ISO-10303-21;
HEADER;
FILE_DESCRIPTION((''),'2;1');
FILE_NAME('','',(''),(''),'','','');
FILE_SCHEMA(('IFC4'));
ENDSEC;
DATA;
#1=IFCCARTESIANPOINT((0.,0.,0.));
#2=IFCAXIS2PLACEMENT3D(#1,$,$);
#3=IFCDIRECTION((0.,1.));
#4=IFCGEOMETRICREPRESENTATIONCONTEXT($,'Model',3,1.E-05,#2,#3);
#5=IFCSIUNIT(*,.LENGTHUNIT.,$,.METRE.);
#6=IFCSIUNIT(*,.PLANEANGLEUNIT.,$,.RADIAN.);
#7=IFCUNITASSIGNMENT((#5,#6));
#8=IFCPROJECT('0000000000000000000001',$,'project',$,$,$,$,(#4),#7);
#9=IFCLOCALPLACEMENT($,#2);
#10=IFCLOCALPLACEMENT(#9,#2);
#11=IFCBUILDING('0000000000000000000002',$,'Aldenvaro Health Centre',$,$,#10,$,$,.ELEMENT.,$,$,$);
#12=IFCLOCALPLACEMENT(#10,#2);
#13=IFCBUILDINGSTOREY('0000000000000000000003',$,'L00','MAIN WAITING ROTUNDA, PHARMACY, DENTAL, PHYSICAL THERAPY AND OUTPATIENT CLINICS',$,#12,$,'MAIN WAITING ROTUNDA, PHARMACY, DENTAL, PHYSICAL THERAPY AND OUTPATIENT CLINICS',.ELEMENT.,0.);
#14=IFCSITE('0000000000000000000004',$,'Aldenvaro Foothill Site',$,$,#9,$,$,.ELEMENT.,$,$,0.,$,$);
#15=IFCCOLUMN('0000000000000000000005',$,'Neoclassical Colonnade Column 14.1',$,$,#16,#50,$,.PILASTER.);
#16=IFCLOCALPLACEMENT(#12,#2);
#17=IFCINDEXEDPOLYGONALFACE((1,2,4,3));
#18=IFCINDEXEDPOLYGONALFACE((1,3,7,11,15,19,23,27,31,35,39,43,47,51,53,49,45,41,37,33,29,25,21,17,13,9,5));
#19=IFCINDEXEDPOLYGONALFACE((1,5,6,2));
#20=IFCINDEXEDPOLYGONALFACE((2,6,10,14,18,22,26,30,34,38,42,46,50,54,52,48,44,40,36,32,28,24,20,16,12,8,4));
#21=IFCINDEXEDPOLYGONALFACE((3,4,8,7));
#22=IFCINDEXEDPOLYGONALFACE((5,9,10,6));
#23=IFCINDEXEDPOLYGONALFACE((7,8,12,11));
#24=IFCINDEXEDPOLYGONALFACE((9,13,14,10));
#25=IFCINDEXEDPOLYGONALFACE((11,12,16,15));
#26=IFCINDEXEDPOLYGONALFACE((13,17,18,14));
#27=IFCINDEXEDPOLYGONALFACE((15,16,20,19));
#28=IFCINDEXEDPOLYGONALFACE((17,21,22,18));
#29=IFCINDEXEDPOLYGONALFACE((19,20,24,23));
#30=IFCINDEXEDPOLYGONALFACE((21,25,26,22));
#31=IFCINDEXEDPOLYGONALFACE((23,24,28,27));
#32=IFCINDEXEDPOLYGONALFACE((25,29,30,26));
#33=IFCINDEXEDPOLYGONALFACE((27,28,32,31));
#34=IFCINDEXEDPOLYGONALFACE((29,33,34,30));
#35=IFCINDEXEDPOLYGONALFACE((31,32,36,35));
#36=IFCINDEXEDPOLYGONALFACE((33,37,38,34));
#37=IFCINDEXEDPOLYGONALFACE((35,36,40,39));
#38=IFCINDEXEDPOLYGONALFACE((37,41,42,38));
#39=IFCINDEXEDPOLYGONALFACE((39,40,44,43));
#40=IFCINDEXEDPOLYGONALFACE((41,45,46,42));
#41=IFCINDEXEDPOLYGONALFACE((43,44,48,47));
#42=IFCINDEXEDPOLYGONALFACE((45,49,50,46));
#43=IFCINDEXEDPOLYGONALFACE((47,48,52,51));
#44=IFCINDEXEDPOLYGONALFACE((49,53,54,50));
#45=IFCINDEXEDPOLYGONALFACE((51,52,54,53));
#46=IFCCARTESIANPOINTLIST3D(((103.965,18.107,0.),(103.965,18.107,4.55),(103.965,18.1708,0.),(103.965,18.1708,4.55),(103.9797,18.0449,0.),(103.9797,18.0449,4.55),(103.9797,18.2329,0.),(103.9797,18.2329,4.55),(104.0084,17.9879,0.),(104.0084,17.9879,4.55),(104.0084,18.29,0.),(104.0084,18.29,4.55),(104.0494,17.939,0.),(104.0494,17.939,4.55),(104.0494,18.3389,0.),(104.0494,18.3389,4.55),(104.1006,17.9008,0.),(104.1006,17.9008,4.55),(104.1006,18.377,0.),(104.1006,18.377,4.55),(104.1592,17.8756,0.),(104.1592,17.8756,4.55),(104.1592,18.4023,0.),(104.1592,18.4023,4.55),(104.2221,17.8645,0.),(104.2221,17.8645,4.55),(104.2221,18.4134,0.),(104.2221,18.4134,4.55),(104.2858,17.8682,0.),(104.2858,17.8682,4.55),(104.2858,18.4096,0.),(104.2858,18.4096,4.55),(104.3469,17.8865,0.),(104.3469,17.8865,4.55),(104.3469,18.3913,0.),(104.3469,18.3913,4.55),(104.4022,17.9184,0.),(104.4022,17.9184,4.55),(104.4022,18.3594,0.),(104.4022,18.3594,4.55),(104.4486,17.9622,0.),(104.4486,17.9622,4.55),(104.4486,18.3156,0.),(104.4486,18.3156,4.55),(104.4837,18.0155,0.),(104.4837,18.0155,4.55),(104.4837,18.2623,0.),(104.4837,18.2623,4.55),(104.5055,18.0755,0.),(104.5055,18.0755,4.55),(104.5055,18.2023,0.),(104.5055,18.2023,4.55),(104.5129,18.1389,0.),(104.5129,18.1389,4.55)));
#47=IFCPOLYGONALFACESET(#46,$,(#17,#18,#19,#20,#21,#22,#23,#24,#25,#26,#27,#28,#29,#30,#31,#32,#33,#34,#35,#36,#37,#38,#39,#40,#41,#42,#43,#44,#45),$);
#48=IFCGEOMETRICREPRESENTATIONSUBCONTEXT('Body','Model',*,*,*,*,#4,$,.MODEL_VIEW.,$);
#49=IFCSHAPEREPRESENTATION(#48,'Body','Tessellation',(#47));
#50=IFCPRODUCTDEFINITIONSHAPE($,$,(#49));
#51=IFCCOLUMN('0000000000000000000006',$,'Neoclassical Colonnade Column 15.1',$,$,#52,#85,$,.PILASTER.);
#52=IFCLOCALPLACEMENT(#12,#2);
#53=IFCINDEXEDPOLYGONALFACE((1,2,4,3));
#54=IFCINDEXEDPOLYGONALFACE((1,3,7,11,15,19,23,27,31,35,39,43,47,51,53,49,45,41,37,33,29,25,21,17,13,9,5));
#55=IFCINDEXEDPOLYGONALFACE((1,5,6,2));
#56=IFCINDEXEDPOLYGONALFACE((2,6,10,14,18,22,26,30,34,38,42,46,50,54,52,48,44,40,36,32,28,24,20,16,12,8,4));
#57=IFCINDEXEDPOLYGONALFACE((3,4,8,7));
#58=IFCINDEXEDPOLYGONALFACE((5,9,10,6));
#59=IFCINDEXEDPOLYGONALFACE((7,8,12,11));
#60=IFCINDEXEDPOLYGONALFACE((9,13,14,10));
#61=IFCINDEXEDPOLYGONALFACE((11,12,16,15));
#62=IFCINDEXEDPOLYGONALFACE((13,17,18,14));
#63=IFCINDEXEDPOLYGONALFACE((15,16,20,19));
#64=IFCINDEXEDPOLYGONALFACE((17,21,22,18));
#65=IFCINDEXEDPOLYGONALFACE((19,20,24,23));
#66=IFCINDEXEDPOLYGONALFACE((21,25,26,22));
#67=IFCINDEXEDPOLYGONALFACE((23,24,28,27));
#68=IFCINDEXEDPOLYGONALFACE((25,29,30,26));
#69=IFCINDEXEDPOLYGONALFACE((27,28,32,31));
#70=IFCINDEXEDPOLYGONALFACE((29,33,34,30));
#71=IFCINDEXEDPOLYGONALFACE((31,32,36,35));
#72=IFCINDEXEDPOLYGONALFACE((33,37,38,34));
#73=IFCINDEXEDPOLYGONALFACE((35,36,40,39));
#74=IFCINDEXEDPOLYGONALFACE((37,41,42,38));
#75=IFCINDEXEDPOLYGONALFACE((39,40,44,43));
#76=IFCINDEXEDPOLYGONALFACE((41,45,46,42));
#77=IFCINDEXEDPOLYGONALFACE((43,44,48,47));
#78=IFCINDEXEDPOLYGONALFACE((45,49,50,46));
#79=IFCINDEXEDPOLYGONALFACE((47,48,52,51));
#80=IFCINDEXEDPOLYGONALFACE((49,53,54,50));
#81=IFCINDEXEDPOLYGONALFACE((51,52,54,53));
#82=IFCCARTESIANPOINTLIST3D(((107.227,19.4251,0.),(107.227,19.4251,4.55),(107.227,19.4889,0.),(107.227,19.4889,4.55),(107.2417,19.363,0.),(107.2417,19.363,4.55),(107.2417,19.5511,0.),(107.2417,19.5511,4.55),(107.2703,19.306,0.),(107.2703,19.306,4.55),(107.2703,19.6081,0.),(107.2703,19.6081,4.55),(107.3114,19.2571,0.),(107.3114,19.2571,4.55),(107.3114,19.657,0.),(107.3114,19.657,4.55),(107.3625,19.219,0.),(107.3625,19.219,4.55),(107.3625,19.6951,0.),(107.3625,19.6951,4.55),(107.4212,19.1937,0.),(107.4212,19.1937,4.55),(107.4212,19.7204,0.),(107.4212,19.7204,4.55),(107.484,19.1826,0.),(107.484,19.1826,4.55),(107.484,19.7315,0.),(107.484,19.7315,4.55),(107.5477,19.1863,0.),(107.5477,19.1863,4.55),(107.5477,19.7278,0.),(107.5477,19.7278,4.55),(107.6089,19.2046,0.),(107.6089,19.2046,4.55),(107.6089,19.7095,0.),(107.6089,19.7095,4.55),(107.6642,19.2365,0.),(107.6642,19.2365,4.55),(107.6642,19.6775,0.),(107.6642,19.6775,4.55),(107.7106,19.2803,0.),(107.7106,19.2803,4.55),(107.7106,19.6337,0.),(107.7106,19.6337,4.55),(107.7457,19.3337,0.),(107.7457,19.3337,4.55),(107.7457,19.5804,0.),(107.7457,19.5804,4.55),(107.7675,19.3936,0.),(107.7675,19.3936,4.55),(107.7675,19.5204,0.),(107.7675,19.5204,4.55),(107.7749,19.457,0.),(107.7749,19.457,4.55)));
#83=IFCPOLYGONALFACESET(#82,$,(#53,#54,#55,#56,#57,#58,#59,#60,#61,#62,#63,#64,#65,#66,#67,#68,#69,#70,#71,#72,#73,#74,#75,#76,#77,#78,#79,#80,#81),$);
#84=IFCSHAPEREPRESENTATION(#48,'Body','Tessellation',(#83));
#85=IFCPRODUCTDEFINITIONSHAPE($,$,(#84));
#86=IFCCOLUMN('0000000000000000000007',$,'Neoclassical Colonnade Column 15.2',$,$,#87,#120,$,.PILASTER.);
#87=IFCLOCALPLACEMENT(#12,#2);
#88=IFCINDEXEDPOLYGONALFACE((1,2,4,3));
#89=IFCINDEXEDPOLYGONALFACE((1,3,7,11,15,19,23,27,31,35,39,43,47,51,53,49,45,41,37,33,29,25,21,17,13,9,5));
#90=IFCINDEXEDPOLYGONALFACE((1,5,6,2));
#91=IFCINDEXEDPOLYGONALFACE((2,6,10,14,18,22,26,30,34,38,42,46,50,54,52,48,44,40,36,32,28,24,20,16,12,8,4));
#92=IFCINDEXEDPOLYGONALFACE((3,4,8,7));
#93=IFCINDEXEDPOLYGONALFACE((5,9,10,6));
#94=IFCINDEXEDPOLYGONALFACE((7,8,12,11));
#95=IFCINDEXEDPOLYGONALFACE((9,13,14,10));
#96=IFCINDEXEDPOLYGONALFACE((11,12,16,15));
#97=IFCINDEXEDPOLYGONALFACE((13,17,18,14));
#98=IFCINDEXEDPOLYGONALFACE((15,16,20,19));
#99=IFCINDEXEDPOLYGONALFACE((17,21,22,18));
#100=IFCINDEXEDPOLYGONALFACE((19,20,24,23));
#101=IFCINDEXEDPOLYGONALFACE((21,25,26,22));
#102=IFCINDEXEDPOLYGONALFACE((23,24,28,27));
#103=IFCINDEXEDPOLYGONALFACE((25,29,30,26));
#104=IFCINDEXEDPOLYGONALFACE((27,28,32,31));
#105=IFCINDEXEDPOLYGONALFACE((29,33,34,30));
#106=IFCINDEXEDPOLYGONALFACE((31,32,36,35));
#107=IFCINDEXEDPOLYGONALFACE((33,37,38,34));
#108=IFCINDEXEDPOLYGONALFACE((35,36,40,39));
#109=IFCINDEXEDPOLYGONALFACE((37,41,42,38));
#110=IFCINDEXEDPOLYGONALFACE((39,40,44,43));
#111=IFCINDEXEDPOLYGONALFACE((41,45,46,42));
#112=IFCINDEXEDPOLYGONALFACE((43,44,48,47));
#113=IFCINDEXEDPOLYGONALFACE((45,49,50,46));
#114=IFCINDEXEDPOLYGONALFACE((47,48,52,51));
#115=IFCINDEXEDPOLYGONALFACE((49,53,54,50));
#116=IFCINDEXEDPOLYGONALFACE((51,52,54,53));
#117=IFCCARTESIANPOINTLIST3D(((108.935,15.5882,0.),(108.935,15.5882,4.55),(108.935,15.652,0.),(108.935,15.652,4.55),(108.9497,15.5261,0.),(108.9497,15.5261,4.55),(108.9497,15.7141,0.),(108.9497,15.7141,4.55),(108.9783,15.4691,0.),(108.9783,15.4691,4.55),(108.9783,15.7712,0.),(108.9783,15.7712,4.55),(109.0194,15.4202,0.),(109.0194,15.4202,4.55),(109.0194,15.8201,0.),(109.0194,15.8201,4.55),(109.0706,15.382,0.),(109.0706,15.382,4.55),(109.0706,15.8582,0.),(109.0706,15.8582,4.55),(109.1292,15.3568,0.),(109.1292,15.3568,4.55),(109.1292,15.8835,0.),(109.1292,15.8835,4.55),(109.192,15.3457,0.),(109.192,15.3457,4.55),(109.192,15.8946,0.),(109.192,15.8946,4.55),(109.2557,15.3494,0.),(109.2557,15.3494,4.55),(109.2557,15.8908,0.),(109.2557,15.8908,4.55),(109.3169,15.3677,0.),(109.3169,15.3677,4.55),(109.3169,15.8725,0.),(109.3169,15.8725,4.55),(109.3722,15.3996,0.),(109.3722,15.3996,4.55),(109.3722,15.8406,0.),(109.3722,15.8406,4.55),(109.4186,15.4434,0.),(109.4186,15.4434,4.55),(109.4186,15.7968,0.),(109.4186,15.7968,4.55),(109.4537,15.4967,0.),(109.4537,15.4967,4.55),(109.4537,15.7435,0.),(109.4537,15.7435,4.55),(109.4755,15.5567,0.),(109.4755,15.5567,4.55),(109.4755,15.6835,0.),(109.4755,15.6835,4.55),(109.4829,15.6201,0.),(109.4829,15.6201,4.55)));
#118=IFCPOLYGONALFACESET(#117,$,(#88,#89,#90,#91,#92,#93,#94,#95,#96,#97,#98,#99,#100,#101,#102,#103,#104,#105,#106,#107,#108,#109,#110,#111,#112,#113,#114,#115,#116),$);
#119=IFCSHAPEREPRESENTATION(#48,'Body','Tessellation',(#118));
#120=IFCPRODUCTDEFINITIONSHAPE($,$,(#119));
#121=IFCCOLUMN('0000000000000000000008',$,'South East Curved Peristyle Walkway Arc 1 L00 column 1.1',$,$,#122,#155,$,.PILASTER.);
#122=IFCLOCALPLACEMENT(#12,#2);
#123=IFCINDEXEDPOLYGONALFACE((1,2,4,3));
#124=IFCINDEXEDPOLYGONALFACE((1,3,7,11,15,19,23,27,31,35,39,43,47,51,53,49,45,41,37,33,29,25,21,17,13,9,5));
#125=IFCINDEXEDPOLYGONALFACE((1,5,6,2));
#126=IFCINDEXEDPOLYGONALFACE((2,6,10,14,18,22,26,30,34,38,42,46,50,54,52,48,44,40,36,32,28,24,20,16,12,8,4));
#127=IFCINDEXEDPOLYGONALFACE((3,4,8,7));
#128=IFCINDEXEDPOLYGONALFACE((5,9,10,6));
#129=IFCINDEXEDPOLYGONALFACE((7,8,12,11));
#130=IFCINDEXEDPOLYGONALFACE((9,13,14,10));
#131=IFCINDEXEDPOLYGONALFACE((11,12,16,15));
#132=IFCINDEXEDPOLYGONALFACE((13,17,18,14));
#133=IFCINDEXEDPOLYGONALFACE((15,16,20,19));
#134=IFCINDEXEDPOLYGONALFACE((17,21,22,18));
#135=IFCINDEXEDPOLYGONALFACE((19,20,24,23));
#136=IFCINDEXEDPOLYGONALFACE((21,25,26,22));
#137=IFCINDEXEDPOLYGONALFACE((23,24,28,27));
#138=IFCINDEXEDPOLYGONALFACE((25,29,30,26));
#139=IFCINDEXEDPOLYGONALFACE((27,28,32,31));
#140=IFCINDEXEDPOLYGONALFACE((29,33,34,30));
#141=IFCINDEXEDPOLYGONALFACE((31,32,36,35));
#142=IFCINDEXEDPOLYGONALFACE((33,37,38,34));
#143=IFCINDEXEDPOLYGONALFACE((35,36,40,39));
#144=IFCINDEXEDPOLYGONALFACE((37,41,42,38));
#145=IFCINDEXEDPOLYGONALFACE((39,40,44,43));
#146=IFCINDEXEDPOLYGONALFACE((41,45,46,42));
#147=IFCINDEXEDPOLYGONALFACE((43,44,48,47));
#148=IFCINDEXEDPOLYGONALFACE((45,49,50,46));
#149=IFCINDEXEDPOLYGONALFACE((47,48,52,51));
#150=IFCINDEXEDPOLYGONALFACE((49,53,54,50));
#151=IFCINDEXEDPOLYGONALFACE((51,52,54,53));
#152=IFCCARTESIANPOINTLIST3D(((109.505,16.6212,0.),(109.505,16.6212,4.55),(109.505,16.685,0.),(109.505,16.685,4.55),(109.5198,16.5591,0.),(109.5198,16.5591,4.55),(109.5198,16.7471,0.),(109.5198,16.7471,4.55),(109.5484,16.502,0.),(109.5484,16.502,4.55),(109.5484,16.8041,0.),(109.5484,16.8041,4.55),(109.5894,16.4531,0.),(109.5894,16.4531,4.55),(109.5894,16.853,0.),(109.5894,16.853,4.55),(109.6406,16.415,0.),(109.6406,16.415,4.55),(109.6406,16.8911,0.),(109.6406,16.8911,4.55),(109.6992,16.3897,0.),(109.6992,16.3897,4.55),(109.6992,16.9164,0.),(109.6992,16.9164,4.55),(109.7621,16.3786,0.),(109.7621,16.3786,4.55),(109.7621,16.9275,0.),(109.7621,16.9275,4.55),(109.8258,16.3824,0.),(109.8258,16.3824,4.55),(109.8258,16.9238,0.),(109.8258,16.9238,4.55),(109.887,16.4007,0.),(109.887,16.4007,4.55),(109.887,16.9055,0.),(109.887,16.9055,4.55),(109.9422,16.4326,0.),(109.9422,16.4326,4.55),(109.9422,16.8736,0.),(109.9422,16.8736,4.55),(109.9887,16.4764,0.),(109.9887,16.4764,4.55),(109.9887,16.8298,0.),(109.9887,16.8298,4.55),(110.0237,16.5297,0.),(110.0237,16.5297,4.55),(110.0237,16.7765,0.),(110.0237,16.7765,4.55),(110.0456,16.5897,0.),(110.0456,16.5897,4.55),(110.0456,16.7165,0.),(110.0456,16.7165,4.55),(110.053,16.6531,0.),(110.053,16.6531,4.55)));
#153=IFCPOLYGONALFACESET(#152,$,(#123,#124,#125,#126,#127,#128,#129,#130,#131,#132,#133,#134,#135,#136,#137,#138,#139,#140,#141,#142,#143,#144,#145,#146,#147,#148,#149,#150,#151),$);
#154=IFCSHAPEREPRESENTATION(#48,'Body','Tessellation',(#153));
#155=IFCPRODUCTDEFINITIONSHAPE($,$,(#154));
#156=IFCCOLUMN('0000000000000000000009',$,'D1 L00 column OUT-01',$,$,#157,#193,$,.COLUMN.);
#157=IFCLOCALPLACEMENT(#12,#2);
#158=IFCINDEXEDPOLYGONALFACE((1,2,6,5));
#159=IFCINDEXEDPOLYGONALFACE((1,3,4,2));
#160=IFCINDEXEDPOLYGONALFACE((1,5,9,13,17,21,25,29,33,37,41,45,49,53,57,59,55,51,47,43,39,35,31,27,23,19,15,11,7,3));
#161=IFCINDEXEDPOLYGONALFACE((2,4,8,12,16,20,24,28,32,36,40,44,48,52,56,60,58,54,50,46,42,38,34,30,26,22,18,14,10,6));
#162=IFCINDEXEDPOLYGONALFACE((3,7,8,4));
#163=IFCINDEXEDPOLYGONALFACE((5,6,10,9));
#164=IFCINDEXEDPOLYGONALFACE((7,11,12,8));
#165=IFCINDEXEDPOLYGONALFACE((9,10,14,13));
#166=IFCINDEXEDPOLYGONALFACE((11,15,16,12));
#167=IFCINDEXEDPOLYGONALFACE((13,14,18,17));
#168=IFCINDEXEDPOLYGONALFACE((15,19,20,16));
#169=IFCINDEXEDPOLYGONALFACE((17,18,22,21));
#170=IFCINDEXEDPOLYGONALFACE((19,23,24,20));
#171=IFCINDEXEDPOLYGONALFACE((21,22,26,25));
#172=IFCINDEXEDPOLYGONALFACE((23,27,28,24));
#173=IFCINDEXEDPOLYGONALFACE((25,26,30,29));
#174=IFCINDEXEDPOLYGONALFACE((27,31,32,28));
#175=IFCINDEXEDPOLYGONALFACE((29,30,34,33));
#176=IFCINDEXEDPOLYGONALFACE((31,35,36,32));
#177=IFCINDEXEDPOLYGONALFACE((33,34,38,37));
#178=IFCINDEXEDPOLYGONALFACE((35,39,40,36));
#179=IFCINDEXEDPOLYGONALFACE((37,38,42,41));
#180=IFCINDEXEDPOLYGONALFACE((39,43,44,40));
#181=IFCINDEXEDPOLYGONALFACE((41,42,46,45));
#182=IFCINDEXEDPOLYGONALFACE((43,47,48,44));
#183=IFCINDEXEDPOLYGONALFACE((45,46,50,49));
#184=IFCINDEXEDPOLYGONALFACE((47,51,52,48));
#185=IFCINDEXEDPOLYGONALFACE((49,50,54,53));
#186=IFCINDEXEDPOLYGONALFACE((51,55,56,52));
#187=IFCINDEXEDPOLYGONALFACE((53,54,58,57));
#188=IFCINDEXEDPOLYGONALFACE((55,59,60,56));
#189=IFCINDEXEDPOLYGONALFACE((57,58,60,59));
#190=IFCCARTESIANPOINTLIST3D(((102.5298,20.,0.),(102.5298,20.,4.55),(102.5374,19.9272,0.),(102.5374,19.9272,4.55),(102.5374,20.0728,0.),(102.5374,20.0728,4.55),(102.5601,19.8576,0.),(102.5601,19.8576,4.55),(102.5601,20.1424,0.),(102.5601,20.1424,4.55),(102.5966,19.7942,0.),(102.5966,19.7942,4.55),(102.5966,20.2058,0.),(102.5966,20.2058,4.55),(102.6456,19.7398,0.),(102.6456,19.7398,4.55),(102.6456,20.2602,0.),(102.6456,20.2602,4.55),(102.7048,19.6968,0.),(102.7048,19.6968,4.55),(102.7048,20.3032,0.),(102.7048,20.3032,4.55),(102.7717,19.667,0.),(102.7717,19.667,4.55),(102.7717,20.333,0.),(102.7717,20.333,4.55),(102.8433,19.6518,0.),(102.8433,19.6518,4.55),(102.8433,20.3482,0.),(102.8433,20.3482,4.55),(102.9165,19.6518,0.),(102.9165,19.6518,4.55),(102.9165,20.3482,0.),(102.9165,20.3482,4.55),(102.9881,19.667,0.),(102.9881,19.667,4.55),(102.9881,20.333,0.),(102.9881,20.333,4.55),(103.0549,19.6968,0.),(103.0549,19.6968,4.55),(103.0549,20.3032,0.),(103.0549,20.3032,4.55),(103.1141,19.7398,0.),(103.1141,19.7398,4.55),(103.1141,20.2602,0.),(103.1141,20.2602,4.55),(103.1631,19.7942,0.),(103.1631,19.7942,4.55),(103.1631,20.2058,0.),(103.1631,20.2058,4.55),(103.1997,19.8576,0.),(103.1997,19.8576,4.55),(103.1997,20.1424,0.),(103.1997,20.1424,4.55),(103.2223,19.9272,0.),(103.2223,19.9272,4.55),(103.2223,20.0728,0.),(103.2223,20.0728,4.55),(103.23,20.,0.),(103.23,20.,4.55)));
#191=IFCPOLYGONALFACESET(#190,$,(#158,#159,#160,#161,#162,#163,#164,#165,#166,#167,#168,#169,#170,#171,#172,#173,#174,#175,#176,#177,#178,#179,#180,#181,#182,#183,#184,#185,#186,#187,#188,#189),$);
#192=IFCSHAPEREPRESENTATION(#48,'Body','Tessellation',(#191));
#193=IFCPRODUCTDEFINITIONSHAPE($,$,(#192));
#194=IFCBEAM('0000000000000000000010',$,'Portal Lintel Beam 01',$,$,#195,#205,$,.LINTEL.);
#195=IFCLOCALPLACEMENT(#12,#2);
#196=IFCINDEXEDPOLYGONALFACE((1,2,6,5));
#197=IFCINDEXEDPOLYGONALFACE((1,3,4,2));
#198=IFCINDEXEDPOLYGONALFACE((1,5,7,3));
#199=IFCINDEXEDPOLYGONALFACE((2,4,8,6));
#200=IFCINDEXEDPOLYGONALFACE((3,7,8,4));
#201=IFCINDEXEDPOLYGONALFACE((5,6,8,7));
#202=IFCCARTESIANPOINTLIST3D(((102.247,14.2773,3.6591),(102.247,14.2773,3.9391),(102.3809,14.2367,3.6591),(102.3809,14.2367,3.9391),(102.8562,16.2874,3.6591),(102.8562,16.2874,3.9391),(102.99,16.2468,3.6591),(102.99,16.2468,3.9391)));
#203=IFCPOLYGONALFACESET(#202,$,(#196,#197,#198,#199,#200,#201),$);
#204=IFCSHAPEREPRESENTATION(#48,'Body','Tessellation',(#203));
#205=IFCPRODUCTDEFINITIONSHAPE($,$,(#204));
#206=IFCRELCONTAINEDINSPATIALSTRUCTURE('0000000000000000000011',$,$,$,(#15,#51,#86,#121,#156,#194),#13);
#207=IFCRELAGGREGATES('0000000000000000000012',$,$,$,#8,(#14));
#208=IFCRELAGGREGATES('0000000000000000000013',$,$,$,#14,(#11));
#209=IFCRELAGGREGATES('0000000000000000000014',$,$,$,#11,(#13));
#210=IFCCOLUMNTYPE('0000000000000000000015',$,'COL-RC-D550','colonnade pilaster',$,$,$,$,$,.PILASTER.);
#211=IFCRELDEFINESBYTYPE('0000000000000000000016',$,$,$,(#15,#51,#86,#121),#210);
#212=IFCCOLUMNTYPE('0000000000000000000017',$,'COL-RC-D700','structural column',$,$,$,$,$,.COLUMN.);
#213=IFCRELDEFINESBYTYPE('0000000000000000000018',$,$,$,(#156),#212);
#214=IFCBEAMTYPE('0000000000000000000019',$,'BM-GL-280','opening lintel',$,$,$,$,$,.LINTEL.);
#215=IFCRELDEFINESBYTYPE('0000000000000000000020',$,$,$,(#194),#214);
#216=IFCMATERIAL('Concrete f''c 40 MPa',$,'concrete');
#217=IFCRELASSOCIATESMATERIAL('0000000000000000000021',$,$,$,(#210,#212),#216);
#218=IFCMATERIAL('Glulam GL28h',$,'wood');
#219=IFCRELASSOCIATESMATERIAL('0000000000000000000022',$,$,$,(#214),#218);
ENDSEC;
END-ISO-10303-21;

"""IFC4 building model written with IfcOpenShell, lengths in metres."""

from ifc_helpers import new_model, si_unit, direction, frame, origin, origin_2d, place, context, subcontext, project, spatial, rectangle, circle, extrude, material, material_profile, profile_set, type_object, element, save


model = new_model("IFC4")

# Units and contexts
model_context = context("Model", 3, precision=1e-05, world=origin(), true_north=direction((0.0, 1.0)))
body_context = subcontext(model_context, "Body", "Model", "MODEL_VIEW")
ifc_project = project(units=[si_unit("LENGTHUNIT", "METRE"), si_unit("PLANEANGLEUNIT", "RADIAN")], contexts=[model_context])

# Site, building, storey
site_placement = place(None, origin())
site = spatial("IfcSite", under=ifc_project, at=site_placement, Name="Aldenvaro Foothill Site", CompositionType="ELEMENT", RefElevation=0.0)
building_placement = place(site_placement, origin())
building = spatial("IfcBuilding", under=site, at=building_placement, Name="Aldenvaro Health Centre", CompositionType="ELEMENT")
storey_placement = place(building_placement, origin())
storey = spatial("IfcBuildingStorey", under=building, at=storey_placement, Name="L00", Description="MAIN WAITING ROTUNDA, PHARMACY, DENTAL, PHYSICAL THERAPY AND OUTPATIENT CLINICS", LongName="MAIN WAITING ROTUNDA, PHARMACY, DENTAL, PHYSICAL THERAPY AND OUTPATIENT CLINICS", CompositionType="ELEMENT", Elevation=0.0)

# Columns
ifc_material_1 = material(Name="Concrete f'c 40 MPa", Category="concrete")
ifc_material_profile_1 = material_profile(ifc_material_1, circle(Radius=0.2749, at=origin_2d()), Name="RC D550", Category="concrete")
ifc_profile_set_1 = profile_set([ifc_material_profile_1], Name="Concrete f'c 40 MPa")
column_type_1 = type_object("IfcColumnType", Name="COL-RC-D550", Description="colonnade pilaster", PredefinedType="PILASTER", material=ifc_profile_set_1)
for number, where, z_axis, x_axis, name in (
    (1, (104.238, 18.1389, 0.0), (0.0, 0.0, 1.0), (1.0, 0.0, 0.0), "Neoclassical Colonnade Column 14.1"),
    (2, (107.5, 19.457, 0.0), (0.0, 0.0, 1.0), (1.0, 0.0, 0.0), "Neoclassical Colonnade Column 15.1"),
    (3, (109.208, 15.6201, 0.0), (0.0, 0.0, 1.0), (1.0, 0.0, 0.0), "Neoclassical Colonnade Column 15.2"),
    (4, (109.7781, 16.6531, 0.0), (0.0, 0.0, 1.0), (1.0, 0.0, 0.0), "South East Curved Peristyle Walkway Arc 1 L00 column 1.1"),
):
    element("IfcColumn", number, at=place(storey_placement, frame(where, z_axis=z_axis, x_axis=x_axis)), inside=storey, type_object=column_type_1, Name=name, PredefinedType="PILASTER", context=body_context, shape_type="SweptSolid", body=[
        extrude(circle(Radius=0.2749, at=origin_2d()), origin(), (0.0, 0.0, 1.0), 4.55),
    ])
ifc_material_profile_2 = material_profile(ifc_material_1, circle(Radius=0.3501, at=origin_2d()), Name="RC D700", Category="concrete")
ifc_profile_set_2 = profile_set([ifc_material_profile_2], Name="Concrete f'c 40 MPa")
column_type_2 = type_object("IfcColumnType", Name="COL-RC-D700", Description="structural column", PredefinedType="COLUMN", material=ifc_profile_set_2)
column_placement = place(storey_placement, frame((102.8799, 20.0, 0.0), z_axis=(0.0, 0.0, 1.0), x_axis=(1.0, 0.0, 0.0)))
element("IfcColumn", 5, at=column_placement, inside=storey, type_object=column_type_2, Name="D1 L00 column OUT-01", PredefinedType="COLUMN", context=body_context, shape_type="SweptSolid", body=[
    extrude(circle(Radius=0.3501, at=origin_2d()), origin(), (0.0, 0.0, 1.0), 4.55),
])

# Beam
ifc_material_2 = material(Name="Glulam GL28h", Category="wood")
ifc_material_profile_3 = material_profile(ifc_material_2, rectangle(XDim=0.1399, YDim=0.28, at=origin_2d()), Name="GL 140x280", Category="wood")
ifc_profile_set_3 = profile_set([ifc_material_profile_3], Name="Glulam GL28h")
beam_type_1 = type_object("IfcBeamType", Name="BM-GL-280", Description="opening lintel", PredefinedType="LINTEL", material=ifc_profile_set_3)
beam_1_placement = place(storey_placement, frame((102.9231, 16.2671, 3.7991), z_axis=(-0.290024, -0.95702, 0.0), x_axis=(0.95702, -0.290024, 0.0)))
element("IfcBeam", 6, at=beam_1_placement, inside=storey, type_object=beam_type_1, Name="Portal Lintel Beam 01", PredefinedType="LINTEL", context=body_context, shape_type="SweptSolid", body=[
    extrude(rectangle(XDim=0.1399, YDim=0.28, at=origin_2d()), origin(), (0.0, 0.0, 1.0), 2.1003),
])

save(model, "model.ifc")
